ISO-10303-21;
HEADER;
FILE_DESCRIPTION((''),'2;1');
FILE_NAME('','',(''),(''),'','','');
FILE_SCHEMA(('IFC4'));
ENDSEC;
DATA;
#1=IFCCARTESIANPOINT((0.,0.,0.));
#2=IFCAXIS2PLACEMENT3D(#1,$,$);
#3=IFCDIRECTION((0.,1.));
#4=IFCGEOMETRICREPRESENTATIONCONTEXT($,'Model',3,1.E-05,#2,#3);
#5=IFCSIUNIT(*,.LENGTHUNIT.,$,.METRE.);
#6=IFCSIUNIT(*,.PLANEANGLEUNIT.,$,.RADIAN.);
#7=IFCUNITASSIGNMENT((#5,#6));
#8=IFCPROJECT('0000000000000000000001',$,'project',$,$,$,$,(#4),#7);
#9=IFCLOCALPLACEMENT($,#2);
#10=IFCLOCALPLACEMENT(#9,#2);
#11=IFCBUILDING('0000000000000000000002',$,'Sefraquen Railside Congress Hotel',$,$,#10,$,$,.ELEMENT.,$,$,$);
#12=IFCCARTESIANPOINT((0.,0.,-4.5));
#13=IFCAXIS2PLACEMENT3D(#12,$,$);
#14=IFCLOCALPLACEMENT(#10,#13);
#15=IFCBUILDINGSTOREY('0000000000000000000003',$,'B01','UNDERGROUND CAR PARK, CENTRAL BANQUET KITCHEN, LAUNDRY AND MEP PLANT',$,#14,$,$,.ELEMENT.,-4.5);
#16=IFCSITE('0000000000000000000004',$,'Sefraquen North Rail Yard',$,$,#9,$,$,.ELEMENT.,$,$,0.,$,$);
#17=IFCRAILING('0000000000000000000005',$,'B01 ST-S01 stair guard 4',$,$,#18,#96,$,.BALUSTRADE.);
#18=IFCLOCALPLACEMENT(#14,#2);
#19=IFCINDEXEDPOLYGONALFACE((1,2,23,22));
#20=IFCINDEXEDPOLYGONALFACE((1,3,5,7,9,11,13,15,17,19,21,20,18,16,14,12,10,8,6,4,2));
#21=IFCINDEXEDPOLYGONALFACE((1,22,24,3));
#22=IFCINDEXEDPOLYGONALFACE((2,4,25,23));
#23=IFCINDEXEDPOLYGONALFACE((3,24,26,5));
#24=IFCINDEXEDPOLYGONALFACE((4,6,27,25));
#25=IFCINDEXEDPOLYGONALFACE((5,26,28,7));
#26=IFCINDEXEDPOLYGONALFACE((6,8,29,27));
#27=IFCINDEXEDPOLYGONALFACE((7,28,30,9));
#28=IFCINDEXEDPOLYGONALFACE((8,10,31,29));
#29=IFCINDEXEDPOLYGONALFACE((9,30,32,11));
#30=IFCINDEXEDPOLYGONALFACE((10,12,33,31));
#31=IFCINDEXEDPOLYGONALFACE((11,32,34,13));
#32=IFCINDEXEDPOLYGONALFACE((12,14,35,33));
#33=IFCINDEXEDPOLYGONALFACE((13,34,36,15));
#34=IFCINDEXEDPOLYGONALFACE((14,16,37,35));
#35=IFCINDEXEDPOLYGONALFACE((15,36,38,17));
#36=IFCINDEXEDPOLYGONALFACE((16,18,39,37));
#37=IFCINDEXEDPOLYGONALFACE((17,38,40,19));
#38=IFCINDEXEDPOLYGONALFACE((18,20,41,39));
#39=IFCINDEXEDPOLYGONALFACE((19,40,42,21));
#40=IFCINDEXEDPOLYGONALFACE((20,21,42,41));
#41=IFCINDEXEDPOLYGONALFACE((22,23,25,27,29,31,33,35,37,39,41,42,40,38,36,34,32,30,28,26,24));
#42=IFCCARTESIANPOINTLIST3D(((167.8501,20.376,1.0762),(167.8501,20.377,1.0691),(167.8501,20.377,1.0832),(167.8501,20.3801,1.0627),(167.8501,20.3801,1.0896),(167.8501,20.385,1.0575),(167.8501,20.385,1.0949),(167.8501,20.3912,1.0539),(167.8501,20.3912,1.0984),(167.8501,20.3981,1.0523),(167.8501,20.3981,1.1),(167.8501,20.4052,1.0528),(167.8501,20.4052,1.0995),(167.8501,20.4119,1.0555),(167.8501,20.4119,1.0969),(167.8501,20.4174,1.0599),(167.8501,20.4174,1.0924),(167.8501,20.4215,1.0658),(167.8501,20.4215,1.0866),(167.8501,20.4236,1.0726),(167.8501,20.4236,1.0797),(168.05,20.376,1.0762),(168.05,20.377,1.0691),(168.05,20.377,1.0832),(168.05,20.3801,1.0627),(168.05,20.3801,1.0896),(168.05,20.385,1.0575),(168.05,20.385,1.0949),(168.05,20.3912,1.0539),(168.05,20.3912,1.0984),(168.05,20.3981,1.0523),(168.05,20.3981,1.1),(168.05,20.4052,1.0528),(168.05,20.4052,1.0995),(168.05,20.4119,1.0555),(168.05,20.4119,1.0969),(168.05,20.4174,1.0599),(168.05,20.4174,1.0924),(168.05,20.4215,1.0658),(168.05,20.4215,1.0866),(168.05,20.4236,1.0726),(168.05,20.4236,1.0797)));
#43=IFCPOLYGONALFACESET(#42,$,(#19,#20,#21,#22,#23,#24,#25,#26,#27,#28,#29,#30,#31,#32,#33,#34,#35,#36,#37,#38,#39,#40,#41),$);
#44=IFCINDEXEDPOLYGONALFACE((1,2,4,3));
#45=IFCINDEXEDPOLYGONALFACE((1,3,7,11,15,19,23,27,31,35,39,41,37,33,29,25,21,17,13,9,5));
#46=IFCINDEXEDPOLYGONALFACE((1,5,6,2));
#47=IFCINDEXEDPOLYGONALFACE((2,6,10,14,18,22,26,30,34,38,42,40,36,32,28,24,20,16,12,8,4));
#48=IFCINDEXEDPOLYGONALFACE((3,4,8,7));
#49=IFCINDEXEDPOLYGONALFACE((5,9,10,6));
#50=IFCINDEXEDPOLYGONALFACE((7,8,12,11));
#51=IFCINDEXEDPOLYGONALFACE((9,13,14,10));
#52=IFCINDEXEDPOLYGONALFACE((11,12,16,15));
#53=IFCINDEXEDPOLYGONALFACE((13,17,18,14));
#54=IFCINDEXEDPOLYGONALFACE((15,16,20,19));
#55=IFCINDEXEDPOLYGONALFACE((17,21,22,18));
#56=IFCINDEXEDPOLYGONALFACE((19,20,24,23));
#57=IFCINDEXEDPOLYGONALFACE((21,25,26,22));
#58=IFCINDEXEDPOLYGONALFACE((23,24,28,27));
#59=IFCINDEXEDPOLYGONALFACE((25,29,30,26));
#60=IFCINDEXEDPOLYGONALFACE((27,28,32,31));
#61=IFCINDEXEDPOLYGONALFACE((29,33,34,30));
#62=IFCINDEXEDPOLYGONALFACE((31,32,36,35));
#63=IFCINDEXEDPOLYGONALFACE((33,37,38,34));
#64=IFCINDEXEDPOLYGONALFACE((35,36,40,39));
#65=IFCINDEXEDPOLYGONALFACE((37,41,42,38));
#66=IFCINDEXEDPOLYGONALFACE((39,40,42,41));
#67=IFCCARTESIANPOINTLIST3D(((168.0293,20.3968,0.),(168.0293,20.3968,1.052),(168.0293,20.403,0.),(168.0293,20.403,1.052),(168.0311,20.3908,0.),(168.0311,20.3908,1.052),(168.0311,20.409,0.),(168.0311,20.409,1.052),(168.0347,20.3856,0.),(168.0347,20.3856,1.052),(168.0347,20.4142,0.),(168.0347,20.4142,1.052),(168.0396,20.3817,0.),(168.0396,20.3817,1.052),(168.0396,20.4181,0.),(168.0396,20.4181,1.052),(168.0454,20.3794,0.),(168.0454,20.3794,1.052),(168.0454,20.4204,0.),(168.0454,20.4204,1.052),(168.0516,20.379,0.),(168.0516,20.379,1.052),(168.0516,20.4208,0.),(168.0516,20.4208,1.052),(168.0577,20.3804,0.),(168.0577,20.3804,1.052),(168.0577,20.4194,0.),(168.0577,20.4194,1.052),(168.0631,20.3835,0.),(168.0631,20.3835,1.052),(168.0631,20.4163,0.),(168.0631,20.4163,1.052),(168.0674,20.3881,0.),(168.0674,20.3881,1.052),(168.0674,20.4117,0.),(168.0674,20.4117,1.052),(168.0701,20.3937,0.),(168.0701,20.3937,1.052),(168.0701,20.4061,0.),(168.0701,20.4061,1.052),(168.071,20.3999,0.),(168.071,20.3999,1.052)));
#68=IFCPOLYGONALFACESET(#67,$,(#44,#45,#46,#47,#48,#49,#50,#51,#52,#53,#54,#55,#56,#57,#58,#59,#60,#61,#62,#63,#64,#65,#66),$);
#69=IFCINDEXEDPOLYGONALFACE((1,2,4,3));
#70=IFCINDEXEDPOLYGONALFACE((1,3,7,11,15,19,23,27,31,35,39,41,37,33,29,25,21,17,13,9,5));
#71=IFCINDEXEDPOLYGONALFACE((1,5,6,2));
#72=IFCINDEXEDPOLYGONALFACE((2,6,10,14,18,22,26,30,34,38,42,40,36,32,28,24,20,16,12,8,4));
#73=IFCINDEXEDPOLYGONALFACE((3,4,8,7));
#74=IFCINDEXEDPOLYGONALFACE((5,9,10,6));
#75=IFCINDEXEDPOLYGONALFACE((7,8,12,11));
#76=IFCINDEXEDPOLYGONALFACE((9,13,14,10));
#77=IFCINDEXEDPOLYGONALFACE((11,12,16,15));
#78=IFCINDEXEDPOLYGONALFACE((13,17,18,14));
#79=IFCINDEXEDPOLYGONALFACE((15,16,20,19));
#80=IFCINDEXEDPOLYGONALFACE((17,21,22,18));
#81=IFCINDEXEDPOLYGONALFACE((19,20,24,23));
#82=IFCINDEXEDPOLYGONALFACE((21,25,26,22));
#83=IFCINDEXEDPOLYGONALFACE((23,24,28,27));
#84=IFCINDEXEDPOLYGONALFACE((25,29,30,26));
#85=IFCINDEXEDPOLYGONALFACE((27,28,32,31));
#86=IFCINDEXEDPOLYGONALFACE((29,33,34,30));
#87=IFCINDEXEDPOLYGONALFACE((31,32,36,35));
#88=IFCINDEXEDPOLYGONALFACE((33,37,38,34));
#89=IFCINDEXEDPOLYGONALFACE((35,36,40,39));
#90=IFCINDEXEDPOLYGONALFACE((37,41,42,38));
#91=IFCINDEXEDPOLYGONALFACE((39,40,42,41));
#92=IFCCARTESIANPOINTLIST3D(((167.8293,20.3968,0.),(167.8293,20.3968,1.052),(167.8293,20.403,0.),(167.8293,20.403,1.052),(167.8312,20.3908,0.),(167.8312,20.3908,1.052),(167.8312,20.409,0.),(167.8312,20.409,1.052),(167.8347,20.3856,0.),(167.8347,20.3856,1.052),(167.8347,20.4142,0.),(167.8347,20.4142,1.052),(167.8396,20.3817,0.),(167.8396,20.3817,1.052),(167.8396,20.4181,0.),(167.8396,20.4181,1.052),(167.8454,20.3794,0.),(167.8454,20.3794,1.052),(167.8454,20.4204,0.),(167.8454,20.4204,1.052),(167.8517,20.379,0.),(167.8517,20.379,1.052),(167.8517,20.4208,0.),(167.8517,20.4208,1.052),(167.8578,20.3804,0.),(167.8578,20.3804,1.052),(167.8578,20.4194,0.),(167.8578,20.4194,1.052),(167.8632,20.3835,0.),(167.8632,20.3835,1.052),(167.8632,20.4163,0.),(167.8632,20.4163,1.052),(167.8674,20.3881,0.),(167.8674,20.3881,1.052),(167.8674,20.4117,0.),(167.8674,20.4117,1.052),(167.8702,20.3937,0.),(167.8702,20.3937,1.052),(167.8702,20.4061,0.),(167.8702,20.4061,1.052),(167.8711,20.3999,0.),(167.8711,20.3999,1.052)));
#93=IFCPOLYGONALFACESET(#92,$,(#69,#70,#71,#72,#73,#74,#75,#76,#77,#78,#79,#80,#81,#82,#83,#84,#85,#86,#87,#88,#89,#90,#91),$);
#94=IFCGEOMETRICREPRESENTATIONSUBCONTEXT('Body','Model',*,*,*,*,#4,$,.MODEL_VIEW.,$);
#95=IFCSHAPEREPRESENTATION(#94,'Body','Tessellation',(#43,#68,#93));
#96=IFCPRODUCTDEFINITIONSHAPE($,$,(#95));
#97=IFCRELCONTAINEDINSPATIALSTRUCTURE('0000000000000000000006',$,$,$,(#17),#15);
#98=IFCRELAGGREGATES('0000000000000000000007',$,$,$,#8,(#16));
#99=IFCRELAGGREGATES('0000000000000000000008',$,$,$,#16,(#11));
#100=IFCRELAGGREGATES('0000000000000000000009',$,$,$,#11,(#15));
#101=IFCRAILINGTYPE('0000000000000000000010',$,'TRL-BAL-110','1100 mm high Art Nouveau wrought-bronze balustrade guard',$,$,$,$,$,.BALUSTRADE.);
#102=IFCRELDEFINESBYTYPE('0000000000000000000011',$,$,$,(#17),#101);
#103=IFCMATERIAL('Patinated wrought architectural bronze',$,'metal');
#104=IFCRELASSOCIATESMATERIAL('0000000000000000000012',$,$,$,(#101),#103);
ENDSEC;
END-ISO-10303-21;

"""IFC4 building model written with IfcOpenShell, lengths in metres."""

from ifc_helpers import new_model, si_unit, direction, frame, origin, origin_2d, place, context, subcontext, project, spatial, circle, extrude, material, type_object, element, save


model = new_model("IFC4")

# Units and contexts
model_context = context("Model", 3, precision=1e-05, world=origin(), true_north=direction((0.0, 1.0)))
body_context = subcontext(model_context, "Body", "Model", "MODEL_VIEW")
ifc_project = project(units=[si_unit("LENGTHUNIT", "METRE"), si_unit("PLANEANGLEUNIT", "RADIAN")], contexts=[model_context])

# Site, building, storey
site_placement = place(None, origin())
site = spatial("IfcSite", under=ifc_project, at=site_placement, Name="Sefraquen North Rail Yard", CompositionType="ELEMENT", RefElevation=0.0)
building_placement = place(site_placement, origin())
building = spatial("IfcBuilding", under=site, at=building_placement, Name="Sefraquen Railside Congress Hotel", CompositionType="ELEMENT")
storey_placement = place(building_placement, frame((0.0, 0.0, -4.5)))
storey = spatial("IfcBuildingStorey", under=building, at=storey_placement, Name="B01", Description="UNDERGROUND CAR PARK, CENTRAL BANQUET KITCHEN, LAUNDRY AND MEP PLANT", CompositionType="ELEMENT", Elevation=-4.5)

# Railing
ifc_material_1 = material(Name="Patinated wrought architectural bronze", Category="metal")
railing_type_1 = type_object("IfcRailingType", Name="TRL-BAL-110", Description="1100 mm high Art Nouveau wrought-bronze balustrade guard", PredefinedType="BALUSTRADE", material=ifc_material_1)
railing_1_placement = place(storey_placement, frame((168.05, 20.3999, 0.0)))
element("IfcRailing", 1, at=railing_1_placement, inside=storey, type_object=railing_type_1, Name="B01 ST-S01 stair guard 4", PredefinedType="BALUSTRADE", context=body_context, shape_type="SweptSolid", body=[
    extrude(circle(Radius=0.0239, at=origin_2d()), frame((0.0, 0.0, 1.0762), z_axis=(-1.0, 0.0, 0.0), x_axis=(0.0, -1.0, 0.0)), (0.0, 0.0, 1.0), 0.2),
    extrude(circle(Radius=0.021, at=origin_2d()), origin(), (0.0, 0.0, 1.0), 1.052),
    extrude(circle(Radius=0.021, at=origin_2d()), frame((-0.2, 0.0, 0.0)), (0.0, 0.0, 1.0), 1.052),
])

save(model, "model.ifc")
